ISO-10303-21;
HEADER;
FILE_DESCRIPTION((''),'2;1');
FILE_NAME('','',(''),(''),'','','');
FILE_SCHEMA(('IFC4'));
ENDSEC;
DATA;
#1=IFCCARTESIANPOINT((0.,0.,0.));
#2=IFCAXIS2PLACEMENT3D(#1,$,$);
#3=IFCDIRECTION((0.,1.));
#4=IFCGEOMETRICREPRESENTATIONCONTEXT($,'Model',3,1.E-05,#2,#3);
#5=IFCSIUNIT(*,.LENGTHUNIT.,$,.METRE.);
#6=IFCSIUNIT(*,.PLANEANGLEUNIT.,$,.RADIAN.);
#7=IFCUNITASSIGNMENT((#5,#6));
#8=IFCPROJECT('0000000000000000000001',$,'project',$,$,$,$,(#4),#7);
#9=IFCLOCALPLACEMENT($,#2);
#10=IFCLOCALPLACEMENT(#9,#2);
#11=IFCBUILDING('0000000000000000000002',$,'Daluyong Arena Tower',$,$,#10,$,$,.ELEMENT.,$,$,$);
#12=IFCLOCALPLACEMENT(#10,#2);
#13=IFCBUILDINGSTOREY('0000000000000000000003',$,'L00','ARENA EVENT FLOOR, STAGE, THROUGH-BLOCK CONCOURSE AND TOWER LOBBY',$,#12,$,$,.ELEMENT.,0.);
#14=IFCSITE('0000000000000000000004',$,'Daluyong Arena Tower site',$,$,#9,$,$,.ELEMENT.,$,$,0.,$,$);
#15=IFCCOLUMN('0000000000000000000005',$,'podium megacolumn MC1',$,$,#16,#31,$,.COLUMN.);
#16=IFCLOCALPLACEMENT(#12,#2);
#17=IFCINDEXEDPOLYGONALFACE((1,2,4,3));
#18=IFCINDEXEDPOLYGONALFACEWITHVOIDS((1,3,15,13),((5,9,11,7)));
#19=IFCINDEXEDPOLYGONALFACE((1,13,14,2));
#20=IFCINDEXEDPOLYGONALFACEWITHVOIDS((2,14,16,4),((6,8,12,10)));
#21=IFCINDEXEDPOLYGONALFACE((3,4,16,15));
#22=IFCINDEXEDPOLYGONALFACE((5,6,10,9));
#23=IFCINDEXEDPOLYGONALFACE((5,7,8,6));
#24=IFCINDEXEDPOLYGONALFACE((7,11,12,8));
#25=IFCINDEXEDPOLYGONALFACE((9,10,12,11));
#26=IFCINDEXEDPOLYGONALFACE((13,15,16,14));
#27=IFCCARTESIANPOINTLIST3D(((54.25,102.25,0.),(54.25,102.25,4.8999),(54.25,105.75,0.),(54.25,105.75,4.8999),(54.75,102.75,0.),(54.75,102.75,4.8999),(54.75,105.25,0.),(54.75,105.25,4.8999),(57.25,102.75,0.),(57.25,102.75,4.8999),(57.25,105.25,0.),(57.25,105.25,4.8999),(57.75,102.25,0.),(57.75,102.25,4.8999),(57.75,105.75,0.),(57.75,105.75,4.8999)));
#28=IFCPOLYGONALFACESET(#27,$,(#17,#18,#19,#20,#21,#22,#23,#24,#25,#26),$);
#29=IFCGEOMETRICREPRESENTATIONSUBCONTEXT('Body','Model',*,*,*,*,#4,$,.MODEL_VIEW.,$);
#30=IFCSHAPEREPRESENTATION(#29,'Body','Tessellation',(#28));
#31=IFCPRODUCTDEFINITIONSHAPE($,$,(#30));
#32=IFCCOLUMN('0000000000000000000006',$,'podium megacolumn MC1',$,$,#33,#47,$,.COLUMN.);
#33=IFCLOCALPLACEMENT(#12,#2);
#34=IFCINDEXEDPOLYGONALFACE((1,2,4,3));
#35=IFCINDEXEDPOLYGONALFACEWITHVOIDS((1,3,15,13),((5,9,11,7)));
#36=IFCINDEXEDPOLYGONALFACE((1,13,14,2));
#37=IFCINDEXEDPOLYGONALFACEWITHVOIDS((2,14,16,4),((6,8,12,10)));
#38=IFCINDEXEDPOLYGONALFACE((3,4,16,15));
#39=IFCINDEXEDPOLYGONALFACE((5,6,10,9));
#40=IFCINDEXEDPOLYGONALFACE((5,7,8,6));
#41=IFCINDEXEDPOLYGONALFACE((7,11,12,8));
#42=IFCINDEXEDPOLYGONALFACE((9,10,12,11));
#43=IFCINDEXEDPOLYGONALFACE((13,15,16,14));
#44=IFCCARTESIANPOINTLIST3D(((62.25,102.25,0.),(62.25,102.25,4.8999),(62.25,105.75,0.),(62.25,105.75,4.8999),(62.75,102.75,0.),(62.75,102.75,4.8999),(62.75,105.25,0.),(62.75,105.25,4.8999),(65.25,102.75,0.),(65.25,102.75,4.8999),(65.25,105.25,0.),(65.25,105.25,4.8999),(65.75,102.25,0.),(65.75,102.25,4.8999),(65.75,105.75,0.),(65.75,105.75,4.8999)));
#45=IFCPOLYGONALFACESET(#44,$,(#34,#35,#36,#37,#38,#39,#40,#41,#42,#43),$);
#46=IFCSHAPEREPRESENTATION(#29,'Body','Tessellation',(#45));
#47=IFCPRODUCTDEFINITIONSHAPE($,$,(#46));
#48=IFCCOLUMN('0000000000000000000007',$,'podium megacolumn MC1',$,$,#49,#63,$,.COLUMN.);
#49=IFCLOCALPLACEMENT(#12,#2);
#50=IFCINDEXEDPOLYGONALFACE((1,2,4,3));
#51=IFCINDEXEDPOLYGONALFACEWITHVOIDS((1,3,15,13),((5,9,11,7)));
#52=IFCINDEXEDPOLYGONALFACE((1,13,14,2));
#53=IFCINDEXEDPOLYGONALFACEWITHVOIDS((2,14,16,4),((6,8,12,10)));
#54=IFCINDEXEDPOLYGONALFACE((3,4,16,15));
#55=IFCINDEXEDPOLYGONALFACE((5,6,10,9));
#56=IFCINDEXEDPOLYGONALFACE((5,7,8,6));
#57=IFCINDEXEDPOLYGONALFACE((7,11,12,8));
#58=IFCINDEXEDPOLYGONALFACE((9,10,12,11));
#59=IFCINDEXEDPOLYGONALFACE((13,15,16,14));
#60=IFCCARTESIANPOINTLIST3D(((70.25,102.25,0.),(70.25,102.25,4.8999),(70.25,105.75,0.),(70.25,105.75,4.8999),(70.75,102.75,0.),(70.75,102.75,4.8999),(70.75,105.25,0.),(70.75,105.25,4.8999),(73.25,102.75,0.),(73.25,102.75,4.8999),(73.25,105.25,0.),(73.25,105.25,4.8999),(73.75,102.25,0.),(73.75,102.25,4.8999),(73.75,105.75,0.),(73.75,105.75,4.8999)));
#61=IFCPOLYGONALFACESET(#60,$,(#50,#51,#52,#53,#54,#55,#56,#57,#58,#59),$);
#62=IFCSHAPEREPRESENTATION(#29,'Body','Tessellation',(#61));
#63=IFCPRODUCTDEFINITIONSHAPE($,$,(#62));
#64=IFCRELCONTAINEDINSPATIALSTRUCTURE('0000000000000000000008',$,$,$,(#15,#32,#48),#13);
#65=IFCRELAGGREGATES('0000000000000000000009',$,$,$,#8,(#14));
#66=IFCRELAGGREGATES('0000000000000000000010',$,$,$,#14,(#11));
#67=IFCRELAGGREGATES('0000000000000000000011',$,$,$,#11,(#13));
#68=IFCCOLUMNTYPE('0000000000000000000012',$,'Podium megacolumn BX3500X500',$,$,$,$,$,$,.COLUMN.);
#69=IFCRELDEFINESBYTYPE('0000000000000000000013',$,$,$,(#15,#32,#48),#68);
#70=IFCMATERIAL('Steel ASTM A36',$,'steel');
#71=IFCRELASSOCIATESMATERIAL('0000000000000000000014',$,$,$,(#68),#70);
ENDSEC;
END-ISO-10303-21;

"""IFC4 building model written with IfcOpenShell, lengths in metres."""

from ifc_helpers import new_model, si_unit, direction, frame, origin, origin_2d, place, context, subcontext, project, spatial, hollow_rectangle, extrude, material, material_profile, profile_set, type_object, element, save


model = new_model("IFC4")

# Units and contexts
model_context = context("Model", 3, precision=1e-05, world=origin(), true_north=direction((0.0, 1.0)))
body_context = subcontext(model_context, "Body", "Model", "MODEL_VIEW")
ifc_project = project(units=[si_unit("LENGTHUNIT", "METRE"), si_unit("PLANEANGLEUNIT", "RADIAN")], contexts=[model_context])

# Site, building, storey
site_placement = place(None, origin())
site = spatial("IfcSite", under=ifc_project, at=site_placement, Name="Daluyong Arena Tower site", CompositionType="ELEMENT", RefElevation=0.0)
building_placement = place(site_placement, origin())
building = spatial("IfcBuilding", under=site, at=building_placement, Name="Daluyong Arena Tower", CompositionType="ELEMENT")
storey_placement = place(building_placement, origin())
storey = spatial("IfcBuildingStorey", under=building, at=storey_placement, Name="L00", Description="ARENA EVENT FLOOR, STAGE, THROUGH-BLOCK CONCOURSE AND TOWER LOBBY", CompositionType="ELEMENT", Elevation=0.0)

# Columns
ifc_material_1 = material(Name="Steel ASTM A36", Category="steel")
ifc_material_profile_1 = material_profile(ifc_material_1, hollow_rectangle(XDim=3.5, YDim=3.5, WallThickness=0.5, at=origin_2d()))
ifc_profile_set_1 = profile_set([ifc_material_profile_1], Name="Steel ASTM A36")
column_type_1 = type_object("IfcColumnType", Name="Podium megacolumn BX3500X500", PredefinedType="COLUMN", material=ifc_profile_set_1)
for number, where, z_axis, x_axis, name in (
    (1, (56.0, 104.0, 0.0), (0.0, 0.0, 1.0), (1.0, 0.0, 0.0), "podium megacolumn MC1"),
    (2, (64.0, 104.0, 0.0), (0.0, 0.0, 1.0), (1.0, 0.0, 0.0), "podium megacolumn MC1"),
    (3, (72.0, 104.0, 0.0), (0.0, 0.0, 1.0), (1.0, 0.0, 0.0), "podium megacolumn MC1"),
):
    element("IfcColumn", number, at=place(storey_placement, frame(where, z_axis=z_axis, x_axis=x_axis)), inside=storey, type_object=column_type_1, Name=name, PredefinedType="COLUMN", context=body_context, shape_type="SweptSolid", body=[
        extrude(hollow_rectangle(XDim=3.5, YDim=3.5, WallThickness=0.5, at=origin_2d()), origin(), (0.0, 0.0, 1.0), 4.8999),
    ])

save(model, "model.ifc")
